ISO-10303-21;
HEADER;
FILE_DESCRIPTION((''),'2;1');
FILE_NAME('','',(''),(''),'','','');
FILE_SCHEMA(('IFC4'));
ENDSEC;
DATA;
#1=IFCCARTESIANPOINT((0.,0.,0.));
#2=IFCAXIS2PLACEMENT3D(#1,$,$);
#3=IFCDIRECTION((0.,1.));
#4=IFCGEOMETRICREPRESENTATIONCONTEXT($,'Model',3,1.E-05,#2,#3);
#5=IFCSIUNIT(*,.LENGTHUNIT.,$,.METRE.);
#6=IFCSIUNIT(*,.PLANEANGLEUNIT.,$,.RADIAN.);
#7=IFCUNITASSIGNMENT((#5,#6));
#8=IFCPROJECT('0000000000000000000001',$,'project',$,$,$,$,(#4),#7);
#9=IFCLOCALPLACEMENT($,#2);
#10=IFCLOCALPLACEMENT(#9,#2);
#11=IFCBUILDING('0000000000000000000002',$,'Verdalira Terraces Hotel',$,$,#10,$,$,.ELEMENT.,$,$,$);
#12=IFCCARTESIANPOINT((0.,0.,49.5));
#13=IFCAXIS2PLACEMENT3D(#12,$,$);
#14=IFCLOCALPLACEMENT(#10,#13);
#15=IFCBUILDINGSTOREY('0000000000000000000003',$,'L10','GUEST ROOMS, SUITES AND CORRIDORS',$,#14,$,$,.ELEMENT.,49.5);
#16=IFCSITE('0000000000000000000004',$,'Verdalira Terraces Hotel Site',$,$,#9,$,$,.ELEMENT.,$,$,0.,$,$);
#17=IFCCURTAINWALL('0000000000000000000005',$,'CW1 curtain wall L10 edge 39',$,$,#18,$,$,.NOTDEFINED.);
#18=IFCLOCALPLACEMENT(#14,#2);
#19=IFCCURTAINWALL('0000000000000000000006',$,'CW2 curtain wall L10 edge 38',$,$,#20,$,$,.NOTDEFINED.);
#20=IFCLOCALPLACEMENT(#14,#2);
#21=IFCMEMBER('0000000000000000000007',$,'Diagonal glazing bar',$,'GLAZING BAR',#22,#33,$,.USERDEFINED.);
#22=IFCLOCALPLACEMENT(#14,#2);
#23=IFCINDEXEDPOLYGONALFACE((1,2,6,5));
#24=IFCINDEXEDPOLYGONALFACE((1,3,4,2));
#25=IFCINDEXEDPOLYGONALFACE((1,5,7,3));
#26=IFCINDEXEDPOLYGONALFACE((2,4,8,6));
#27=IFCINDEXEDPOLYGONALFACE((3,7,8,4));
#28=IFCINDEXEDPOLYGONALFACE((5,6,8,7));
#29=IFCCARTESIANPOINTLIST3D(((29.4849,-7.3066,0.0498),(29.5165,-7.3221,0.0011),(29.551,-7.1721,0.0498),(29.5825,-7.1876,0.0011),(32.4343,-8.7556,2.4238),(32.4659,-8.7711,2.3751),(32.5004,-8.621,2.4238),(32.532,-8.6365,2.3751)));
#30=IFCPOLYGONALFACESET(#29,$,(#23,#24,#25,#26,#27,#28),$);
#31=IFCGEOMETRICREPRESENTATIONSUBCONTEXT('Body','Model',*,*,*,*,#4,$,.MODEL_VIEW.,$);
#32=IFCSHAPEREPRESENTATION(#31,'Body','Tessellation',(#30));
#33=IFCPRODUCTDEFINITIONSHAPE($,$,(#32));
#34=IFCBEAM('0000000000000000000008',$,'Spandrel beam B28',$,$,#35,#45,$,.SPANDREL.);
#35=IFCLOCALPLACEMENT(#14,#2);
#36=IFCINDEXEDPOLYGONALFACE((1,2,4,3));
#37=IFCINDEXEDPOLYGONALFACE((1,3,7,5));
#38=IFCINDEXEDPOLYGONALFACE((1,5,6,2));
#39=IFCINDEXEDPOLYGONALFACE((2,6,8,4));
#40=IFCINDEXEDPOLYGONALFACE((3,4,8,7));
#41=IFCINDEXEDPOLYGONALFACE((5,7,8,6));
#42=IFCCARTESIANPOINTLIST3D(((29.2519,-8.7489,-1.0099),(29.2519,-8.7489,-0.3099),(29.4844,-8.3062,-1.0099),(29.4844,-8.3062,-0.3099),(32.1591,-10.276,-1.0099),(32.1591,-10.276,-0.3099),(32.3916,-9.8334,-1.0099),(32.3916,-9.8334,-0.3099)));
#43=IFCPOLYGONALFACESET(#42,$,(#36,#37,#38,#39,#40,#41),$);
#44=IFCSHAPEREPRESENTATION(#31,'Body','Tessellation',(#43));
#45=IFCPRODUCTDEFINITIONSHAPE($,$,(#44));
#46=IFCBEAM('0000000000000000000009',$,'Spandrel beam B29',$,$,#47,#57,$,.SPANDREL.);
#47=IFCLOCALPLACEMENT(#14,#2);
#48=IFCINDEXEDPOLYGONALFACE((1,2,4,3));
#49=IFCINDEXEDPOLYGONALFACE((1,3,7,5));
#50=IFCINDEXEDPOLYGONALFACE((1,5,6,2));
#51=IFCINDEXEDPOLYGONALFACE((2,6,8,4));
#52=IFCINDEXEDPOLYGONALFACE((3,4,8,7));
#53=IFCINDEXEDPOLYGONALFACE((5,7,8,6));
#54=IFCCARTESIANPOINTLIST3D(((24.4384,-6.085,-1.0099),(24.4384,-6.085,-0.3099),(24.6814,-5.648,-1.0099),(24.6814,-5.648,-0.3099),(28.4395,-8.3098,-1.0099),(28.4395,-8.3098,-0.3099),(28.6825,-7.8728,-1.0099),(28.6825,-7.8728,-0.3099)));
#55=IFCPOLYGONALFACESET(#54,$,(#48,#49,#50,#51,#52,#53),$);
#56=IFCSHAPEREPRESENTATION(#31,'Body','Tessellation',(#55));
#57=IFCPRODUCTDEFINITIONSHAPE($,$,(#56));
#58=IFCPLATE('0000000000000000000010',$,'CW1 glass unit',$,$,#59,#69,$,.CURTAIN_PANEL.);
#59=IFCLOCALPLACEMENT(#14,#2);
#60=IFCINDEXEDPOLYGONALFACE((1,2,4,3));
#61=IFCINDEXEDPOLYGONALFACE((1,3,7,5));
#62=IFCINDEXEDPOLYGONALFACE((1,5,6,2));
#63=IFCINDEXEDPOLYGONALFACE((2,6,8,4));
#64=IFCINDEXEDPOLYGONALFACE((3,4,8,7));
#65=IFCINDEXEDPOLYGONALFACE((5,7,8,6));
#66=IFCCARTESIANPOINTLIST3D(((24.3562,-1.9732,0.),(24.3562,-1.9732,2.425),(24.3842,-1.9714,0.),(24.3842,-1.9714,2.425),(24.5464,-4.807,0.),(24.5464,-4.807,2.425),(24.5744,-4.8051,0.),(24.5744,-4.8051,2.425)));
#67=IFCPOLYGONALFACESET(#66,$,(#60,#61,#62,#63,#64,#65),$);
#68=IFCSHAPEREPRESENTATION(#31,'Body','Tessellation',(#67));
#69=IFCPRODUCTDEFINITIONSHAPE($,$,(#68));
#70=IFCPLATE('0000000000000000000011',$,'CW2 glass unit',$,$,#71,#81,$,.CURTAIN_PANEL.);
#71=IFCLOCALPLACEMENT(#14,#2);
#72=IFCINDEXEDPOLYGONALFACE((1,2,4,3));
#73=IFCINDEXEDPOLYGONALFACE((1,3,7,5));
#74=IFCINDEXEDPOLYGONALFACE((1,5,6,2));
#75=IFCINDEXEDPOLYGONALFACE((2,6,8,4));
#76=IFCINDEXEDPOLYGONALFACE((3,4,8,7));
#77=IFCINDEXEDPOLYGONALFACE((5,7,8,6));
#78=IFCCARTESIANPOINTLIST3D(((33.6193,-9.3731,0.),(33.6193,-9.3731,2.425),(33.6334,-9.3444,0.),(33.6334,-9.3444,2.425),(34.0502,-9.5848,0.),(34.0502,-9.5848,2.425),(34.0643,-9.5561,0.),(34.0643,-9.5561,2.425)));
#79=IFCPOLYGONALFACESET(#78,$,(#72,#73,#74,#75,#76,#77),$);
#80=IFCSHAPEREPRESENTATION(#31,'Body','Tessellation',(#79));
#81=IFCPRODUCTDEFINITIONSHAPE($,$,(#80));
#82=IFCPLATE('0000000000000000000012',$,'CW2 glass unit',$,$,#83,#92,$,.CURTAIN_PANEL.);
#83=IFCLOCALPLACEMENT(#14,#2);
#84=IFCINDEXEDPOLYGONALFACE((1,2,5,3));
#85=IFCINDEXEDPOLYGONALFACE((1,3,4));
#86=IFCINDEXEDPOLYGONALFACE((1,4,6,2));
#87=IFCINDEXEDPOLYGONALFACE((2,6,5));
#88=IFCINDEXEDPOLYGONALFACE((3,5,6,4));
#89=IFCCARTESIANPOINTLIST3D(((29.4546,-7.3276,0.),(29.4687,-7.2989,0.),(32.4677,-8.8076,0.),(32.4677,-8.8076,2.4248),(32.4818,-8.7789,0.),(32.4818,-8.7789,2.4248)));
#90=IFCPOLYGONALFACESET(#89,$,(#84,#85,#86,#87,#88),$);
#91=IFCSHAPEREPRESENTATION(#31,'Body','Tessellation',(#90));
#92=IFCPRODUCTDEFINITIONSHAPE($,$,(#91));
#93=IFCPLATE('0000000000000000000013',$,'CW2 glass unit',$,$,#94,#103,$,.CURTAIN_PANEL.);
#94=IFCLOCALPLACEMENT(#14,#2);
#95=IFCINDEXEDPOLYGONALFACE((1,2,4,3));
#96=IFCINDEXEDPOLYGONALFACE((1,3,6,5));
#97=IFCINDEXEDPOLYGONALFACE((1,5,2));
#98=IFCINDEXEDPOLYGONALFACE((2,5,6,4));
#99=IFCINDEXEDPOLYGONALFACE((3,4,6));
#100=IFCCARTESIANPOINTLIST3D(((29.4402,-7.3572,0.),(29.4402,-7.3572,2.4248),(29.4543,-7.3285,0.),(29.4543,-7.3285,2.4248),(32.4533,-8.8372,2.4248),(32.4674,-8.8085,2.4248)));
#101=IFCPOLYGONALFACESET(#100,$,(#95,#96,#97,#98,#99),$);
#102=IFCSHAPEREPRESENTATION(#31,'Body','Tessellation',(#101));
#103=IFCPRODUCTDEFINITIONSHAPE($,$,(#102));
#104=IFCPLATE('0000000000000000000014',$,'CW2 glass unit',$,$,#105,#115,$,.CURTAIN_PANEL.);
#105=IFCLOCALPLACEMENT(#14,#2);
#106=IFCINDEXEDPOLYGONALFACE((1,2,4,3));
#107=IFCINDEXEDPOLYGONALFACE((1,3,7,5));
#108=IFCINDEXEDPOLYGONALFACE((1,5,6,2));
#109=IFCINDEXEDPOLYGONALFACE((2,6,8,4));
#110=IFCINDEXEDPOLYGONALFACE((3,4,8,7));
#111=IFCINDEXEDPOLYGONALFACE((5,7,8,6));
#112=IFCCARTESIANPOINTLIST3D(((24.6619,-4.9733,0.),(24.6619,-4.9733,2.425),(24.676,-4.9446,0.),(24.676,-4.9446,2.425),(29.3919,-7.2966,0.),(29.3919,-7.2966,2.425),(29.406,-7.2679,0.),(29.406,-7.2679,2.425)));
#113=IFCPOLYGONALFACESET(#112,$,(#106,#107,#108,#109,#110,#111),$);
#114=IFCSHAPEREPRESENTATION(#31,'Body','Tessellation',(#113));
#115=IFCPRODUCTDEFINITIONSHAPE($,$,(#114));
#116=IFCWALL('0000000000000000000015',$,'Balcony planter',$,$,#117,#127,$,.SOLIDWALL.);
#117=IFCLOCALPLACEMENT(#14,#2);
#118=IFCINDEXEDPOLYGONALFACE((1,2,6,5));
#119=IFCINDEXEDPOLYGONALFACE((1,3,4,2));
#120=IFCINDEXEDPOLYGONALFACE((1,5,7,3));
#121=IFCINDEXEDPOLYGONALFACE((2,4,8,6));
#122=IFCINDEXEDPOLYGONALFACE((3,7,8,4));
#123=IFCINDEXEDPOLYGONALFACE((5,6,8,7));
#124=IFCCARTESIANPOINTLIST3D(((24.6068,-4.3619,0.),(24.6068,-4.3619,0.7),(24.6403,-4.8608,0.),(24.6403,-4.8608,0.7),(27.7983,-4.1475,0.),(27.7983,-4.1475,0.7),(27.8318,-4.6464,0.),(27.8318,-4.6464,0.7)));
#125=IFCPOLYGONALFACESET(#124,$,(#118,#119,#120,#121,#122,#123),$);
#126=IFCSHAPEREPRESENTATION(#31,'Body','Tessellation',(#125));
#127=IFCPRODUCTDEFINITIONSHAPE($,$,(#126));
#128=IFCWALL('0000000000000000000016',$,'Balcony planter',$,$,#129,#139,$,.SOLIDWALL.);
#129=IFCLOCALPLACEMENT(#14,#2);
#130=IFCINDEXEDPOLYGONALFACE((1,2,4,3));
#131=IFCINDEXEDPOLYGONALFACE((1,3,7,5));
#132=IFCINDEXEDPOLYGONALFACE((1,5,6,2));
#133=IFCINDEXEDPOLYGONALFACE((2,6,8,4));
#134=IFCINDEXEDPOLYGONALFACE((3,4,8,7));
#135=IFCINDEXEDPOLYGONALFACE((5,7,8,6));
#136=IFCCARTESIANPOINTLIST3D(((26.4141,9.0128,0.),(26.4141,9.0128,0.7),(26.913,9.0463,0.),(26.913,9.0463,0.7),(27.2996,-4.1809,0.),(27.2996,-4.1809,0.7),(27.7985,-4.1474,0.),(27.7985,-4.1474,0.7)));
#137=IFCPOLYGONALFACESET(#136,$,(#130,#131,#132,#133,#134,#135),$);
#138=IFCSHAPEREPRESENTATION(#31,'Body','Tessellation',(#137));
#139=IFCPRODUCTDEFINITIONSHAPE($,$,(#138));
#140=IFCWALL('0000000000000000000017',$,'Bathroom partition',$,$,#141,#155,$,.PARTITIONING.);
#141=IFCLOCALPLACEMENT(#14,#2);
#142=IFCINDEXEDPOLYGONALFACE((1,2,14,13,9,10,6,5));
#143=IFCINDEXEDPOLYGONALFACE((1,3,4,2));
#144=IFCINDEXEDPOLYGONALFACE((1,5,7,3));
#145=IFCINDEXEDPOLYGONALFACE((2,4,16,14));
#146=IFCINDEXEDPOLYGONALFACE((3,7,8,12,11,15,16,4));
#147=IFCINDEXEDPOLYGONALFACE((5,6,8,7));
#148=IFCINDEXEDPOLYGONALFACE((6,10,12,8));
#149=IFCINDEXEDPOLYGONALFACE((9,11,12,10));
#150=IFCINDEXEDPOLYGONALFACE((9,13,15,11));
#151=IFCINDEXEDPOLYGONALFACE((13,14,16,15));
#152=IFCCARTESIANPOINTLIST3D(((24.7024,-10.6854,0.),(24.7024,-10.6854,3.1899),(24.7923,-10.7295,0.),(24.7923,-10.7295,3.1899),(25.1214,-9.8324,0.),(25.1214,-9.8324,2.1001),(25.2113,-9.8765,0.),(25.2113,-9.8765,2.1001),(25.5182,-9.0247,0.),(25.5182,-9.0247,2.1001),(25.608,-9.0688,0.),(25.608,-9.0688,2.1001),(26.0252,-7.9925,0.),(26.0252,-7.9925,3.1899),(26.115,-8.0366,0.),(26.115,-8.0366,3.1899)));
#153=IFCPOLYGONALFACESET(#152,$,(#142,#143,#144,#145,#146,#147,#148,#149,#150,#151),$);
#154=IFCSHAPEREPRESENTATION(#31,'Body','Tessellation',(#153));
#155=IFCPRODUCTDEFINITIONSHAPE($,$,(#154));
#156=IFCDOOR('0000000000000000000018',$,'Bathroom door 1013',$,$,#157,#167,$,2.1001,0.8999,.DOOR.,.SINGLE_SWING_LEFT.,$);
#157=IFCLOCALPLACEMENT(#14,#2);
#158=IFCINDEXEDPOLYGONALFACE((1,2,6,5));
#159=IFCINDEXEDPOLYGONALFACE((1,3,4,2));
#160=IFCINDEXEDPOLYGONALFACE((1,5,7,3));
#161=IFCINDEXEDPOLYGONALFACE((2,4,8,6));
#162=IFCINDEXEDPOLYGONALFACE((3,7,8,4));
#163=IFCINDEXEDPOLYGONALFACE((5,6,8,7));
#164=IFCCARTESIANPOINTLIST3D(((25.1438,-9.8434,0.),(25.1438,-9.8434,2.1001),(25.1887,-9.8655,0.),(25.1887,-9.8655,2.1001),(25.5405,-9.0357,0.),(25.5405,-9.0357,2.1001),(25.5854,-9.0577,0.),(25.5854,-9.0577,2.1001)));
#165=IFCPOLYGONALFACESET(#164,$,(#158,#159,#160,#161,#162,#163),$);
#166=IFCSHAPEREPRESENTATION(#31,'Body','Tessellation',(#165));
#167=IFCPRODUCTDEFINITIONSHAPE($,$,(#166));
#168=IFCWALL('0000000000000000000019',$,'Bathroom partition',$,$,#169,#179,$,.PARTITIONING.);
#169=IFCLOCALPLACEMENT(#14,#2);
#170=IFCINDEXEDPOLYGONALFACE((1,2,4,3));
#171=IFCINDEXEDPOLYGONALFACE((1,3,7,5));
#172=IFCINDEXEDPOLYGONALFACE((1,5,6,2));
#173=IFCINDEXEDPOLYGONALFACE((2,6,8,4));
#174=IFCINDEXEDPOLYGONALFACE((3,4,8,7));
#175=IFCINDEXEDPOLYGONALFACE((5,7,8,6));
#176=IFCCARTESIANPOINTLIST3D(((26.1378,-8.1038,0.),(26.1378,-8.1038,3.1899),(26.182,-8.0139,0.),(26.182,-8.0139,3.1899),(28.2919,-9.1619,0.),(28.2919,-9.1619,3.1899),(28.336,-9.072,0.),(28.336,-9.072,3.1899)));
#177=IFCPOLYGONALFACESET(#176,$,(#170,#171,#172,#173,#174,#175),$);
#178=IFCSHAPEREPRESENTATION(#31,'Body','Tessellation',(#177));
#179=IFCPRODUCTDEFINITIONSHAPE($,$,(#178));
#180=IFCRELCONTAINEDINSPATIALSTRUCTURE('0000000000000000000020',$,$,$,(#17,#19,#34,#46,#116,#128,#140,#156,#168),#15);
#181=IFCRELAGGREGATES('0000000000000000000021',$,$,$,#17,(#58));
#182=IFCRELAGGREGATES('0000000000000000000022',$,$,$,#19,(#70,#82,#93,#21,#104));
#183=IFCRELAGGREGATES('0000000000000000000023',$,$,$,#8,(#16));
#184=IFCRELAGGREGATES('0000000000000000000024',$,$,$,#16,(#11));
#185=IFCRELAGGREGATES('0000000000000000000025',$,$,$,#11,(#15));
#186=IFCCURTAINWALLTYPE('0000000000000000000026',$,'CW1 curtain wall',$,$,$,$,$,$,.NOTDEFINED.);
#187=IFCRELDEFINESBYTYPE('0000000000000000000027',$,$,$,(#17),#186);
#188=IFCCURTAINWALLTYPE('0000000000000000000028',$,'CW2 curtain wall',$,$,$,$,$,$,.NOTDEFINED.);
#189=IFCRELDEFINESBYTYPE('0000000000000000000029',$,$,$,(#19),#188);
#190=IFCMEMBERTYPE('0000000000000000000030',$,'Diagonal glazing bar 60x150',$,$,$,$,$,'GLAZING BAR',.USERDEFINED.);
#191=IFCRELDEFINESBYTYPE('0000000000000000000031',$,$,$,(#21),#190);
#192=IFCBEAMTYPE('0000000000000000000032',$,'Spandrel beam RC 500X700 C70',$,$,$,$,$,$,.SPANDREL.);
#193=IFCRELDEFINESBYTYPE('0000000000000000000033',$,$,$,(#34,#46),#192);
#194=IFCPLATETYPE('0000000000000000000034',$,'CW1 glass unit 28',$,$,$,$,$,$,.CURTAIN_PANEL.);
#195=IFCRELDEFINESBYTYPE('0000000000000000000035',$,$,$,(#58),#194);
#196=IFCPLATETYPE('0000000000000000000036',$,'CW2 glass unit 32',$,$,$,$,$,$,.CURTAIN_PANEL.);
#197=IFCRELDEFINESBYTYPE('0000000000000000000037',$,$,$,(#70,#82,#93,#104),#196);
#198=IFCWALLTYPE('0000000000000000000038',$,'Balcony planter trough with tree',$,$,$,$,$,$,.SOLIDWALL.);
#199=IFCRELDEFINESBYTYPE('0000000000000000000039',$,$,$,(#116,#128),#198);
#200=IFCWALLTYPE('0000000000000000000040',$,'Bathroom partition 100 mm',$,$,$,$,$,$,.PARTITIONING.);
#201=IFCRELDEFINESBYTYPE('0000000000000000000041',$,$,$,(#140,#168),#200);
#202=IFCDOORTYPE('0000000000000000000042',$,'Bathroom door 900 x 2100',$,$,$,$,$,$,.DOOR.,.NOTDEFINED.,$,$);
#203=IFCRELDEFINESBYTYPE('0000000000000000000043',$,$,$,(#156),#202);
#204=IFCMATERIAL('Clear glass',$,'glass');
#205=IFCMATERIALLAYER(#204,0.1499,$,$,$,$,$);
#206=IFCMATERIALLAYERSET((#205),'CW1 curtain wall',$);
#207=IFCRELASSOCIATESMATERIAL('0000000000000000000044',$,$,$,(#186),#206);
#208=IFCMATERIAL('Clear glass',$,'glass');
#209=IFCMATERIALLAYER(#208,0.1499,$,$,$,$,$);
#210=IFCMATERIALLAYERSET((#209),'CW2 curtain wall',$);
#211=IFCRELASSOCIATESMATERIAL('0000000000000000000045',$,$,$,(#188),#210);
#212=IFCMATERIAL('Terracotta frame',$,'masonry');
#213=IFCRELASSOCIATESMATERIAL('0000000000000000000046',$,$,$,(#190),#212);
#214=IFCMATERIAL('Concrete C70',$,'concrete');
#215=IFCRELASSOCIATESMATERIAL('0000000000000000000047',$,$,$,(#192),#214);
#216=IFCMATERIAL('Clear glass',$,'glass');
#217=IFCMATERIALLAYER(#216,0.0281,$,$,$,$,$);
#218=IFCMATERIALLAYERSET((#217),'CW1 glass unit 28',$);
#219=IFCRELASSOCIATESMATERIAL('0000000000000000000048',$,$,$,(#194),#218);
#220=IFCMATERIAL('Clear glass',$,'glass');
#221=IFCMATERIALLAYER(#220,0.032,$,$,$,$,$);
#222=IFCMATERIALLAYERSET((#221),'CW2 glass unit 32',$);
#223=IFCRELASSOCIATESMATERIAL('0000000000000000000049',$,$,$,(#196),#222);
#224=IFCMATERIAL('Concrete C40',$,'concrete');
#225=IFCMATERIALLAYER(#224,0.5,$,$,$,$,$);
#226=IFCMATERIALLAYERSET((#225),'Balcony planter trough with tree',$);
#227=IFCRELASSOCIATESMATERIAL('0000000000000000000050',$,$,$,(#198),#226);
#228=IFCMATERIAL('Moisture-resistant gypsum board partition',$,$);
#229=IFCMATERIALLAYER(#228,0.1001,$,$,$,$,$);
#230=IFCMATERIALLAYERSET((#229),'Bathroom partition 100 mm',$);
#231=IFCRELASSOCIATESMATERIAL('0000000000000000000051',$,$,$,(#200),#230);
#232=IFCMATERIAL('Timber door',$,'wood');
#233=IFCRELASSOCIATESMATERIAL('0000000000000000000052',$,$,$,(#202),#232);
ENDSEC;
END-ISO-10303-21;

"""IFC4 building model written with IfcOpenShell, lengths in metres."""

from ifc_helpers import new_model, si_unit, direction, frame, frame_2d, origin, origin_2d, place, context, subcontext, project, spatial, polyline, rectangle, outline, extrude, material, layer, layer_set, material_profile, profile_set, type_object, element, fill, aggregate, save


model = new_model("IFC4")

# Units and contexts
model_context = context("Model", 3, precision=1e-05, world=origin(), true_north=direction((0.0, 1.0)))
body_context = subcontext(model_context, "Body", "Model", "MODEL_VIEW")
ifc_project = project(units=[si_unit("LENGTHUNIT", "METRE"), si_unit("PLANEANGLEUNIT", "RADIAN")], contexts=[model_context])

# Site, building, storey
site_placement = place(None, origin())
site = spatial("IfcSite", under=ifc_project, at=site_placement, Name="Verdalira Terraces Hotel Site", CompositionType="ELEMENT", RefElevation=0.0)
building_placement = place(site_placement, origin())
building = spatial("IfcBuilding", under=site, at=building_placement, Name="Verdalira Terraces Hotel", CompositionType="ELEMENT")
storey_placement = place(building_placement, frame((0.0, 0.0, 49.5)))
storey = spatial("IfcBuildingStorey", under=building, at=storey_placement, Name="L10", Description="GUEST ROOMS, SUITES AND CORRIDORS", CompositionType="ELEMENT", Elevation=49.5)

# Curtain walls, member
ifc_material_1 = material(Name="Clear glass", Category="glass")
ifc_layer_1 = layer(ifc_material_1, 0.1499)
ifc_layer_set_1 = layer_set([ifc_layer_1], Name="CW1 curtain wall")
curtain_wall_type_1 = type_object("IfcCurtainWallType", Name="CW1 curtain wall", PredefinedType="NOTDEFINED", material=ifc_layer_set_1)
curtain_wall_1_placement = place(storey_placement, origin())
curtain_wall_1 = element("IfcCurtainWall", 1, at=curtain_wall_1_placement, inside=storey, type_object=curtain_wall_type_1, Name="CW1 curtain wall L10 edge 39", PredefinedType="NOTDEFINED")
ifc_material_2 = material(Name="Clear glass", Category="glass")
ifc_layer_2 = layer(ifc_material_2, 0.1499)
ifc_layer_set_2 = layer_set([ifc_layer_2], Name="CW2 curtain wall")
curtain_wall_type_2 = type_object("IfcCurtainWallType", Name="CW2 curtain wall", PredefinedType="NOTDEFINED", material=ifc_layer_set_2)
curtain_wall_2_placement = place(storey_placement, origin())
curtain_wall_2 = element("IfcCurtainWall", 2, at=curtain_wall_2_placement, inside=storey, type_object=curtain_wall_type_2, Name="CW2 curtain wall L10 edge 38", PredefinedType="NOTDEFINED")
ifc_material_3 = material(Name="Terracotta frame", Category="masonry")
ifc_material_profile_1 = material_profile(ifc_material_3, rectangle(XDim=0.1499, YDim=0.0601, at=origin_2d()), Name="GB 60x150")
ifc_profile_set_1 = profile_set([ifc_material_profile_1], Name="Terracotta frame")
member_type_1 = type_object("IfcMemberType", Name="Diagonal glazing bar 60x150", ElementType="GLAZING BAR", PredefinedType="USERDEFINED", material=ifc_profile_set_1)
member_1_placement = place(storey_placement, frame((32.4832, -8.696, 2.3994), z_axis=(-0.727545, 0.357419, -0.585602), x_axis=(-0.440932, -0.89754, 0.0)))
member_1 = element("IfcMember", 3, at=member_1_placement, type_object=member_type_1, Name="Diagonal glazing bar", ObjectType="GLAZING BAR", PredefinedType="USERDEFINED", context=body_context, shape_type="SweptSolid", body=[
    extrude(rectangle(XDim=0.1499, YDim=0.0601, at=origin_2d()), origin(), (0.0, 0.0, 1.0), 4.054),
])

# Beams
ifc_material_4 = material(Name="Concrete C70", Category="concrete")
ifc_material_profile_2 = material_profile(ifc_material_4, rectangle(XDim=0.5, YDim=0.7, at=origin_2d()), Name="RC 500X700")
ifc_profile_set_2 = profile_set([ifc_material_profile_2], Name="Concrete C70")
beam_type_1 = type_object("IfcBeamType", Name="Spandrel beam RC 500X700 C70", PredefinedType="SPANDREL", material=ifc_profile_set_2)
beam_1_placement = place(storey_placement, frame((32.2754, -10.0547, -0.6599), z_axis=(-0.885297, 0.465026, 0.0), x_axis=(-0.465026, -0.885297, 0.0)))
element("IfcBeam", 4, at=beam_1_placement, inside=storey, type_object=beam_type_1, Name="Spandrel beam B28", PredefinedType="SPANDREL", context=body_context, shape_type="SweptSolid", body=[
    extrude(rectangle(XDim=0.5, YDim=0.7, at=origin_2d()), origin(), (0.0, 0.0, 1.0), 3.2839),
])
beam_2_placement = place(storey_placement, frame((28.561, -8.0913, -0.6599), z_axis=(-0.873976, 0.485969, 0.0), x_axis=(-0.485969, -0.873976, 0.0)))
element("IfcBeam", 5, at=beam_2_placement, inside=storey, type_object=beam_type_1, Name="Spandrel beam B29", PredefinedType="SPANDREL", context=body_context, shape_type="SweptSolid", body=[
    extrude(rectangle(XDim=0.5, YDim=0.7, at=origin_2d()), origin(), (0.0, 0.0, 1.0), 4.5781),
])

# Plates
ifc_material_5 = material(Name="Clear glass", Category="glass")
ifc_layer_3 = layer(ifc_material_5, 0.0281)
ifc_layer_set_3 = layer_set([ifc_layer_3], Name="CW1 glass unit 28")
plate_type_1 = type_object("IfcPlateType", Name="CW1 glass unit 28", PredefinedType="CURTAIN_PANEL", material=ifc_layer_set_3)
plate_1_placement = place(storey_placement, frame((24.4653, -3.3892, 0.0), z_axis=(0.0, 0.0, 1.0), x_axis=(-0.06697, 0.997755, 0.0)))
plate_1 = element("IfcPlate", 6, at=plate_1_placement, type_object=plate_type_1, Name="CW1 glass unit", PredefinedType="CURTAIN_PANEL", context=body_context, shape_type="SweptSolid", body=[
    extrude(rectangle(XDim=2.8401, YDim=0.0281, at=origin_2d()), origin(), (0.0, 0.0, 1.0), 2.425),
])
aggregate(curtain_wall_1, [plate_1])
ifc_material_6 = material(Name="Clear glass", Category="glass")
ifc_layer_4 = layer(ifc_material_6, 0.032)
ifc_layer_set_4 = layer_set([ifc_layer_4], Name="CW2 glass unit 32")
plate_type_2 = type_object("IfcPlateType", Name="CW2 glass unit 32", PredefinedType="CURTAIN_PANEL", material=ifc_layer_set_4)
plate_2_placement = place(storey_placement, frame((33.8418, -9.4646, 0.0), z_axis=(0.0, 0.0, 1.0), x_axis=(-0.897566, 0.440879, 0.0)))
plate_2 = element("IfcPlate", 7, at=plate_2_placement, type_object=plate_type_2, Name="CW2 glass unit", PredefinedType="CURTAIN_PANEL", context=body_context, shape_type="SweptSolid", body=[
    extrude(rectangle(XDim=0.48, YDim=0.032, at=origin_2d()), origin(), (0.0, 0.0, 1.0), 2.425),
])
plate_3_placement = place(storey_placement, frame((30.9612, -8.0676, 1.2124), z_axis=(0.440879, 0.897566, 0.0), x_axis=(-0.897566, 0.440879, 0.0)))
plate_3 = element("IfcPlate", 8, at=plate_3_placement, type_object=plate_type_2, Name="CW2 glass unit", PredefinedType="CURTAIN_PANEL", context=body_context, shape_type="SweptSolid", body=[
    extrude(outline(polyline([(-1.6785, -1.2124), (1.6785, -1.2124), (-1.6785, 1.2124), (-1.6785, -1.2124)])), origin(), (0.0, 0.0, 1.0), 0.032),
])
plate_4_placement = place(storey_placement, frame((30.9468, -8.0972, 1.2124), z_axis=(0.440879, 0.897566, 0.0), x_axis=(-0.897566, 0.440879, 0.0)))
plate_4 = element("IfcPlate", 9, at=plate_4_placement, type_object=plate_type_2, Name="CW2 glass unit", PredefinedType="CURTAIN_PANEL", context=body_context, shape_type="SweptSolid", body=[
    extrude(outline(polyline([(1.6785, -1.2124), (1.6785, 1.2124), (-1.6785, 1.2124), (1.6785, -1.2124)])), origin(), (0.0, 0.0, 1.0), 0.032),
])
plate_5_placement = place(storey_placement, frame((27.0339, -6.1206, 0.0), z_axis=(0.0, 0.0, 1.0), x_axis=(-0.897566, 0.440879, 0.0)))
plate_5 = element("IfcPlate", 10, at=plate_5_placement, type_object=plate_type_2, Name="CW2 glass unit", PredefinedType="CURTAIN_PANEL", context=body_context, shape_type="SweptSolid", body=[
    extrude(rectangle(XDim=5.2698, YDim=0.032, at=origin_2d()), origin(), (0.0, 0.0, 1.0), 2.425),
])
aggregate(curtain_wall_2, [plate_2, plate_3, plate_4, member_1, plate_5])

# Walls
ifc_material_7 = material(Name="Concrete C40", Category="concrete")
ifc_layer_5 = layer(ifc_material_7, 0.5)
ifc_layer_set_5 = layer_set([ifc_layer_5], Name="Balcony planter trough with tree")
wall_type_1 = type_object("IfcWallType", Name="Balcony planter trough with tree", PredefinedType="SOLIDWALL", material=ifc_layer_set_5)
wall_1_placement = place(storey_placement, frame((24.6235, -4.6113, 0.0), z_axis=(0.0, 0.0, 1.0), x_axis=(0.997752, 0.06701, 0.0)))
element("IfcWall", 11, at=wall_1_placement, inside=storey, type_object=wall_type_1, Name="Balcony planter", PredefinedType="SOLIDWALL", context=body_context, shape_type="SweptSolid", body=[
    extrude(rectangle(XDim=3.1987, YDim=0.5, at=frame_2d((1.5994, 0.0))), origin(), (0.0, 0.0, 1.0), 0.7),
])
wall_2_placement = place(storey_placement, frame((27.5491, -4.1643, 0.0), z_axis=(0.0, 0.0, 1.0), x_axis=(-0.066965, 0.997755, 0.0)))
element("IfcWall", 12, at=wall_2_placement, inside=storey, type_object=wall_type_1, Name="Balcony planter", PredefinedType="SOLIDWALL", context=body_context, shape_type="SweptSolid", body=[
    extrude(rectangle(XDim=13.2234, YDim=0.5, at=frame_2d((6.6118, 0.0))), origin(), (0.0, 0.0, 1.0), 0.7),
])

# Wall, opening, door
ifc_material_8 = material(Name="Moisture-resistant gypsum board partition")
ifc_layer_6 = layer(ifc_material_8, 0.1001)
ifc_layer_set_6 = layer_set([ifc_layer_6], Name="Bathroom partition 100 mm")
wall_type_2 = type_object("IfcWallType", Name="Bathroom partition 100 mm", PredefinedType="PARTITIONING", material=ifc_layer_set_6)
wall_3_placement = place(storey_placement, frame((26.0701, -8.0146, 0.0), z_axis=(0.0, 0.0, 1.0), x_axis=(-0.440888, -0.897562, 0.0)))
wall_3 = element("IfcWall", 13, at=wall_3_placement, inside=storey, type_object=wall_type_2, Name="Bathroom partition", PredefinedType="PARTITIONING", context=body_context, shape_type="SweptSolid", body=[
    extrude(rectangle(XDim=3.0002, YDim=0.1001, at=frame_2d((1.5, 0.0))), origin(), (0.0, 0.0, 1.0), 3.1899),
])
opening_1_placement = place(wall_3_placement, frame((1.1499, 0.0, 0.0)))
opening_1 = element("IfcOpeningElement", 14, at=opening_1_placement, cuts=wall_3, PredefinedType="OPENING", context=body_context, shape_type="SweptSolid", body=[
    extrude(rectangle(XDim=0.8999, YDim=2.1001, at=frame_2d((0.45, 1.05))), frame((0.0, 0.0601, 0.0), z_axis=(0.0, -1.0, 0.0), x_axis=(1.0, 0.0, 0.0)), (0.0, 0.0, 1.0), 0.1201),
])
ifc_material_9 = material(Name="Timber door", Category="wood")
door_type_1 = type_object("IfcDoorType", Name="Bathroom door 900 x 2100", OperationType="NOTDEFINED", PredefinedType="DOOR", material=ifc_material_9)
door_1_placement = place(opening_1_placement, origin())
door_1 = element("IfcDoor", 15, at=door_1_placement, inside=storey, type_object=door_type_1, Name="Bathroom door 1013", OperationType="SINGLE_SWING_LEFT", OverallHeight=2.1001, OverallWidth=0.8999, PredefinedType="DOOR", context=body_context, shape_type="SweptSolid", body=[
    extrude(rectangle(XDim=0.8999, YDim=2.1001, at=frame_2d((0.45, 1.05))), frame((0.0, 0.0249, 0.0), z_axis=(0.0, -1.0, 0.0), x_axis=(1.0, 0.0, 0.0)), (0.0, 0.0, 1.0), 0.05),
])
fill(opening_1, door_1)

# Wall
wall_4_placement = place(storey_placement, frame((26.1599, -8.0588, 0.0), z_axis=(0.0, 0.0, 1.0), x_axis=(0.897559, -0.440895, 0.0)))
element("IfcWall", 16, at=wall_4_placement, inside=storey, type_object=wall_type_2, Name="Bathroom partition", PredefinedType="PARTITIONING", context=body_context, shape_type="SweptSolid", body=[
    extrude(rectangle(XDim=2.3999, YDim=0.1001, at=frame_2d((1.2, 0.0))), origin(), (0.0, 0.0, 1.0), 3.1899),
])

save(model, "model.ifc")
